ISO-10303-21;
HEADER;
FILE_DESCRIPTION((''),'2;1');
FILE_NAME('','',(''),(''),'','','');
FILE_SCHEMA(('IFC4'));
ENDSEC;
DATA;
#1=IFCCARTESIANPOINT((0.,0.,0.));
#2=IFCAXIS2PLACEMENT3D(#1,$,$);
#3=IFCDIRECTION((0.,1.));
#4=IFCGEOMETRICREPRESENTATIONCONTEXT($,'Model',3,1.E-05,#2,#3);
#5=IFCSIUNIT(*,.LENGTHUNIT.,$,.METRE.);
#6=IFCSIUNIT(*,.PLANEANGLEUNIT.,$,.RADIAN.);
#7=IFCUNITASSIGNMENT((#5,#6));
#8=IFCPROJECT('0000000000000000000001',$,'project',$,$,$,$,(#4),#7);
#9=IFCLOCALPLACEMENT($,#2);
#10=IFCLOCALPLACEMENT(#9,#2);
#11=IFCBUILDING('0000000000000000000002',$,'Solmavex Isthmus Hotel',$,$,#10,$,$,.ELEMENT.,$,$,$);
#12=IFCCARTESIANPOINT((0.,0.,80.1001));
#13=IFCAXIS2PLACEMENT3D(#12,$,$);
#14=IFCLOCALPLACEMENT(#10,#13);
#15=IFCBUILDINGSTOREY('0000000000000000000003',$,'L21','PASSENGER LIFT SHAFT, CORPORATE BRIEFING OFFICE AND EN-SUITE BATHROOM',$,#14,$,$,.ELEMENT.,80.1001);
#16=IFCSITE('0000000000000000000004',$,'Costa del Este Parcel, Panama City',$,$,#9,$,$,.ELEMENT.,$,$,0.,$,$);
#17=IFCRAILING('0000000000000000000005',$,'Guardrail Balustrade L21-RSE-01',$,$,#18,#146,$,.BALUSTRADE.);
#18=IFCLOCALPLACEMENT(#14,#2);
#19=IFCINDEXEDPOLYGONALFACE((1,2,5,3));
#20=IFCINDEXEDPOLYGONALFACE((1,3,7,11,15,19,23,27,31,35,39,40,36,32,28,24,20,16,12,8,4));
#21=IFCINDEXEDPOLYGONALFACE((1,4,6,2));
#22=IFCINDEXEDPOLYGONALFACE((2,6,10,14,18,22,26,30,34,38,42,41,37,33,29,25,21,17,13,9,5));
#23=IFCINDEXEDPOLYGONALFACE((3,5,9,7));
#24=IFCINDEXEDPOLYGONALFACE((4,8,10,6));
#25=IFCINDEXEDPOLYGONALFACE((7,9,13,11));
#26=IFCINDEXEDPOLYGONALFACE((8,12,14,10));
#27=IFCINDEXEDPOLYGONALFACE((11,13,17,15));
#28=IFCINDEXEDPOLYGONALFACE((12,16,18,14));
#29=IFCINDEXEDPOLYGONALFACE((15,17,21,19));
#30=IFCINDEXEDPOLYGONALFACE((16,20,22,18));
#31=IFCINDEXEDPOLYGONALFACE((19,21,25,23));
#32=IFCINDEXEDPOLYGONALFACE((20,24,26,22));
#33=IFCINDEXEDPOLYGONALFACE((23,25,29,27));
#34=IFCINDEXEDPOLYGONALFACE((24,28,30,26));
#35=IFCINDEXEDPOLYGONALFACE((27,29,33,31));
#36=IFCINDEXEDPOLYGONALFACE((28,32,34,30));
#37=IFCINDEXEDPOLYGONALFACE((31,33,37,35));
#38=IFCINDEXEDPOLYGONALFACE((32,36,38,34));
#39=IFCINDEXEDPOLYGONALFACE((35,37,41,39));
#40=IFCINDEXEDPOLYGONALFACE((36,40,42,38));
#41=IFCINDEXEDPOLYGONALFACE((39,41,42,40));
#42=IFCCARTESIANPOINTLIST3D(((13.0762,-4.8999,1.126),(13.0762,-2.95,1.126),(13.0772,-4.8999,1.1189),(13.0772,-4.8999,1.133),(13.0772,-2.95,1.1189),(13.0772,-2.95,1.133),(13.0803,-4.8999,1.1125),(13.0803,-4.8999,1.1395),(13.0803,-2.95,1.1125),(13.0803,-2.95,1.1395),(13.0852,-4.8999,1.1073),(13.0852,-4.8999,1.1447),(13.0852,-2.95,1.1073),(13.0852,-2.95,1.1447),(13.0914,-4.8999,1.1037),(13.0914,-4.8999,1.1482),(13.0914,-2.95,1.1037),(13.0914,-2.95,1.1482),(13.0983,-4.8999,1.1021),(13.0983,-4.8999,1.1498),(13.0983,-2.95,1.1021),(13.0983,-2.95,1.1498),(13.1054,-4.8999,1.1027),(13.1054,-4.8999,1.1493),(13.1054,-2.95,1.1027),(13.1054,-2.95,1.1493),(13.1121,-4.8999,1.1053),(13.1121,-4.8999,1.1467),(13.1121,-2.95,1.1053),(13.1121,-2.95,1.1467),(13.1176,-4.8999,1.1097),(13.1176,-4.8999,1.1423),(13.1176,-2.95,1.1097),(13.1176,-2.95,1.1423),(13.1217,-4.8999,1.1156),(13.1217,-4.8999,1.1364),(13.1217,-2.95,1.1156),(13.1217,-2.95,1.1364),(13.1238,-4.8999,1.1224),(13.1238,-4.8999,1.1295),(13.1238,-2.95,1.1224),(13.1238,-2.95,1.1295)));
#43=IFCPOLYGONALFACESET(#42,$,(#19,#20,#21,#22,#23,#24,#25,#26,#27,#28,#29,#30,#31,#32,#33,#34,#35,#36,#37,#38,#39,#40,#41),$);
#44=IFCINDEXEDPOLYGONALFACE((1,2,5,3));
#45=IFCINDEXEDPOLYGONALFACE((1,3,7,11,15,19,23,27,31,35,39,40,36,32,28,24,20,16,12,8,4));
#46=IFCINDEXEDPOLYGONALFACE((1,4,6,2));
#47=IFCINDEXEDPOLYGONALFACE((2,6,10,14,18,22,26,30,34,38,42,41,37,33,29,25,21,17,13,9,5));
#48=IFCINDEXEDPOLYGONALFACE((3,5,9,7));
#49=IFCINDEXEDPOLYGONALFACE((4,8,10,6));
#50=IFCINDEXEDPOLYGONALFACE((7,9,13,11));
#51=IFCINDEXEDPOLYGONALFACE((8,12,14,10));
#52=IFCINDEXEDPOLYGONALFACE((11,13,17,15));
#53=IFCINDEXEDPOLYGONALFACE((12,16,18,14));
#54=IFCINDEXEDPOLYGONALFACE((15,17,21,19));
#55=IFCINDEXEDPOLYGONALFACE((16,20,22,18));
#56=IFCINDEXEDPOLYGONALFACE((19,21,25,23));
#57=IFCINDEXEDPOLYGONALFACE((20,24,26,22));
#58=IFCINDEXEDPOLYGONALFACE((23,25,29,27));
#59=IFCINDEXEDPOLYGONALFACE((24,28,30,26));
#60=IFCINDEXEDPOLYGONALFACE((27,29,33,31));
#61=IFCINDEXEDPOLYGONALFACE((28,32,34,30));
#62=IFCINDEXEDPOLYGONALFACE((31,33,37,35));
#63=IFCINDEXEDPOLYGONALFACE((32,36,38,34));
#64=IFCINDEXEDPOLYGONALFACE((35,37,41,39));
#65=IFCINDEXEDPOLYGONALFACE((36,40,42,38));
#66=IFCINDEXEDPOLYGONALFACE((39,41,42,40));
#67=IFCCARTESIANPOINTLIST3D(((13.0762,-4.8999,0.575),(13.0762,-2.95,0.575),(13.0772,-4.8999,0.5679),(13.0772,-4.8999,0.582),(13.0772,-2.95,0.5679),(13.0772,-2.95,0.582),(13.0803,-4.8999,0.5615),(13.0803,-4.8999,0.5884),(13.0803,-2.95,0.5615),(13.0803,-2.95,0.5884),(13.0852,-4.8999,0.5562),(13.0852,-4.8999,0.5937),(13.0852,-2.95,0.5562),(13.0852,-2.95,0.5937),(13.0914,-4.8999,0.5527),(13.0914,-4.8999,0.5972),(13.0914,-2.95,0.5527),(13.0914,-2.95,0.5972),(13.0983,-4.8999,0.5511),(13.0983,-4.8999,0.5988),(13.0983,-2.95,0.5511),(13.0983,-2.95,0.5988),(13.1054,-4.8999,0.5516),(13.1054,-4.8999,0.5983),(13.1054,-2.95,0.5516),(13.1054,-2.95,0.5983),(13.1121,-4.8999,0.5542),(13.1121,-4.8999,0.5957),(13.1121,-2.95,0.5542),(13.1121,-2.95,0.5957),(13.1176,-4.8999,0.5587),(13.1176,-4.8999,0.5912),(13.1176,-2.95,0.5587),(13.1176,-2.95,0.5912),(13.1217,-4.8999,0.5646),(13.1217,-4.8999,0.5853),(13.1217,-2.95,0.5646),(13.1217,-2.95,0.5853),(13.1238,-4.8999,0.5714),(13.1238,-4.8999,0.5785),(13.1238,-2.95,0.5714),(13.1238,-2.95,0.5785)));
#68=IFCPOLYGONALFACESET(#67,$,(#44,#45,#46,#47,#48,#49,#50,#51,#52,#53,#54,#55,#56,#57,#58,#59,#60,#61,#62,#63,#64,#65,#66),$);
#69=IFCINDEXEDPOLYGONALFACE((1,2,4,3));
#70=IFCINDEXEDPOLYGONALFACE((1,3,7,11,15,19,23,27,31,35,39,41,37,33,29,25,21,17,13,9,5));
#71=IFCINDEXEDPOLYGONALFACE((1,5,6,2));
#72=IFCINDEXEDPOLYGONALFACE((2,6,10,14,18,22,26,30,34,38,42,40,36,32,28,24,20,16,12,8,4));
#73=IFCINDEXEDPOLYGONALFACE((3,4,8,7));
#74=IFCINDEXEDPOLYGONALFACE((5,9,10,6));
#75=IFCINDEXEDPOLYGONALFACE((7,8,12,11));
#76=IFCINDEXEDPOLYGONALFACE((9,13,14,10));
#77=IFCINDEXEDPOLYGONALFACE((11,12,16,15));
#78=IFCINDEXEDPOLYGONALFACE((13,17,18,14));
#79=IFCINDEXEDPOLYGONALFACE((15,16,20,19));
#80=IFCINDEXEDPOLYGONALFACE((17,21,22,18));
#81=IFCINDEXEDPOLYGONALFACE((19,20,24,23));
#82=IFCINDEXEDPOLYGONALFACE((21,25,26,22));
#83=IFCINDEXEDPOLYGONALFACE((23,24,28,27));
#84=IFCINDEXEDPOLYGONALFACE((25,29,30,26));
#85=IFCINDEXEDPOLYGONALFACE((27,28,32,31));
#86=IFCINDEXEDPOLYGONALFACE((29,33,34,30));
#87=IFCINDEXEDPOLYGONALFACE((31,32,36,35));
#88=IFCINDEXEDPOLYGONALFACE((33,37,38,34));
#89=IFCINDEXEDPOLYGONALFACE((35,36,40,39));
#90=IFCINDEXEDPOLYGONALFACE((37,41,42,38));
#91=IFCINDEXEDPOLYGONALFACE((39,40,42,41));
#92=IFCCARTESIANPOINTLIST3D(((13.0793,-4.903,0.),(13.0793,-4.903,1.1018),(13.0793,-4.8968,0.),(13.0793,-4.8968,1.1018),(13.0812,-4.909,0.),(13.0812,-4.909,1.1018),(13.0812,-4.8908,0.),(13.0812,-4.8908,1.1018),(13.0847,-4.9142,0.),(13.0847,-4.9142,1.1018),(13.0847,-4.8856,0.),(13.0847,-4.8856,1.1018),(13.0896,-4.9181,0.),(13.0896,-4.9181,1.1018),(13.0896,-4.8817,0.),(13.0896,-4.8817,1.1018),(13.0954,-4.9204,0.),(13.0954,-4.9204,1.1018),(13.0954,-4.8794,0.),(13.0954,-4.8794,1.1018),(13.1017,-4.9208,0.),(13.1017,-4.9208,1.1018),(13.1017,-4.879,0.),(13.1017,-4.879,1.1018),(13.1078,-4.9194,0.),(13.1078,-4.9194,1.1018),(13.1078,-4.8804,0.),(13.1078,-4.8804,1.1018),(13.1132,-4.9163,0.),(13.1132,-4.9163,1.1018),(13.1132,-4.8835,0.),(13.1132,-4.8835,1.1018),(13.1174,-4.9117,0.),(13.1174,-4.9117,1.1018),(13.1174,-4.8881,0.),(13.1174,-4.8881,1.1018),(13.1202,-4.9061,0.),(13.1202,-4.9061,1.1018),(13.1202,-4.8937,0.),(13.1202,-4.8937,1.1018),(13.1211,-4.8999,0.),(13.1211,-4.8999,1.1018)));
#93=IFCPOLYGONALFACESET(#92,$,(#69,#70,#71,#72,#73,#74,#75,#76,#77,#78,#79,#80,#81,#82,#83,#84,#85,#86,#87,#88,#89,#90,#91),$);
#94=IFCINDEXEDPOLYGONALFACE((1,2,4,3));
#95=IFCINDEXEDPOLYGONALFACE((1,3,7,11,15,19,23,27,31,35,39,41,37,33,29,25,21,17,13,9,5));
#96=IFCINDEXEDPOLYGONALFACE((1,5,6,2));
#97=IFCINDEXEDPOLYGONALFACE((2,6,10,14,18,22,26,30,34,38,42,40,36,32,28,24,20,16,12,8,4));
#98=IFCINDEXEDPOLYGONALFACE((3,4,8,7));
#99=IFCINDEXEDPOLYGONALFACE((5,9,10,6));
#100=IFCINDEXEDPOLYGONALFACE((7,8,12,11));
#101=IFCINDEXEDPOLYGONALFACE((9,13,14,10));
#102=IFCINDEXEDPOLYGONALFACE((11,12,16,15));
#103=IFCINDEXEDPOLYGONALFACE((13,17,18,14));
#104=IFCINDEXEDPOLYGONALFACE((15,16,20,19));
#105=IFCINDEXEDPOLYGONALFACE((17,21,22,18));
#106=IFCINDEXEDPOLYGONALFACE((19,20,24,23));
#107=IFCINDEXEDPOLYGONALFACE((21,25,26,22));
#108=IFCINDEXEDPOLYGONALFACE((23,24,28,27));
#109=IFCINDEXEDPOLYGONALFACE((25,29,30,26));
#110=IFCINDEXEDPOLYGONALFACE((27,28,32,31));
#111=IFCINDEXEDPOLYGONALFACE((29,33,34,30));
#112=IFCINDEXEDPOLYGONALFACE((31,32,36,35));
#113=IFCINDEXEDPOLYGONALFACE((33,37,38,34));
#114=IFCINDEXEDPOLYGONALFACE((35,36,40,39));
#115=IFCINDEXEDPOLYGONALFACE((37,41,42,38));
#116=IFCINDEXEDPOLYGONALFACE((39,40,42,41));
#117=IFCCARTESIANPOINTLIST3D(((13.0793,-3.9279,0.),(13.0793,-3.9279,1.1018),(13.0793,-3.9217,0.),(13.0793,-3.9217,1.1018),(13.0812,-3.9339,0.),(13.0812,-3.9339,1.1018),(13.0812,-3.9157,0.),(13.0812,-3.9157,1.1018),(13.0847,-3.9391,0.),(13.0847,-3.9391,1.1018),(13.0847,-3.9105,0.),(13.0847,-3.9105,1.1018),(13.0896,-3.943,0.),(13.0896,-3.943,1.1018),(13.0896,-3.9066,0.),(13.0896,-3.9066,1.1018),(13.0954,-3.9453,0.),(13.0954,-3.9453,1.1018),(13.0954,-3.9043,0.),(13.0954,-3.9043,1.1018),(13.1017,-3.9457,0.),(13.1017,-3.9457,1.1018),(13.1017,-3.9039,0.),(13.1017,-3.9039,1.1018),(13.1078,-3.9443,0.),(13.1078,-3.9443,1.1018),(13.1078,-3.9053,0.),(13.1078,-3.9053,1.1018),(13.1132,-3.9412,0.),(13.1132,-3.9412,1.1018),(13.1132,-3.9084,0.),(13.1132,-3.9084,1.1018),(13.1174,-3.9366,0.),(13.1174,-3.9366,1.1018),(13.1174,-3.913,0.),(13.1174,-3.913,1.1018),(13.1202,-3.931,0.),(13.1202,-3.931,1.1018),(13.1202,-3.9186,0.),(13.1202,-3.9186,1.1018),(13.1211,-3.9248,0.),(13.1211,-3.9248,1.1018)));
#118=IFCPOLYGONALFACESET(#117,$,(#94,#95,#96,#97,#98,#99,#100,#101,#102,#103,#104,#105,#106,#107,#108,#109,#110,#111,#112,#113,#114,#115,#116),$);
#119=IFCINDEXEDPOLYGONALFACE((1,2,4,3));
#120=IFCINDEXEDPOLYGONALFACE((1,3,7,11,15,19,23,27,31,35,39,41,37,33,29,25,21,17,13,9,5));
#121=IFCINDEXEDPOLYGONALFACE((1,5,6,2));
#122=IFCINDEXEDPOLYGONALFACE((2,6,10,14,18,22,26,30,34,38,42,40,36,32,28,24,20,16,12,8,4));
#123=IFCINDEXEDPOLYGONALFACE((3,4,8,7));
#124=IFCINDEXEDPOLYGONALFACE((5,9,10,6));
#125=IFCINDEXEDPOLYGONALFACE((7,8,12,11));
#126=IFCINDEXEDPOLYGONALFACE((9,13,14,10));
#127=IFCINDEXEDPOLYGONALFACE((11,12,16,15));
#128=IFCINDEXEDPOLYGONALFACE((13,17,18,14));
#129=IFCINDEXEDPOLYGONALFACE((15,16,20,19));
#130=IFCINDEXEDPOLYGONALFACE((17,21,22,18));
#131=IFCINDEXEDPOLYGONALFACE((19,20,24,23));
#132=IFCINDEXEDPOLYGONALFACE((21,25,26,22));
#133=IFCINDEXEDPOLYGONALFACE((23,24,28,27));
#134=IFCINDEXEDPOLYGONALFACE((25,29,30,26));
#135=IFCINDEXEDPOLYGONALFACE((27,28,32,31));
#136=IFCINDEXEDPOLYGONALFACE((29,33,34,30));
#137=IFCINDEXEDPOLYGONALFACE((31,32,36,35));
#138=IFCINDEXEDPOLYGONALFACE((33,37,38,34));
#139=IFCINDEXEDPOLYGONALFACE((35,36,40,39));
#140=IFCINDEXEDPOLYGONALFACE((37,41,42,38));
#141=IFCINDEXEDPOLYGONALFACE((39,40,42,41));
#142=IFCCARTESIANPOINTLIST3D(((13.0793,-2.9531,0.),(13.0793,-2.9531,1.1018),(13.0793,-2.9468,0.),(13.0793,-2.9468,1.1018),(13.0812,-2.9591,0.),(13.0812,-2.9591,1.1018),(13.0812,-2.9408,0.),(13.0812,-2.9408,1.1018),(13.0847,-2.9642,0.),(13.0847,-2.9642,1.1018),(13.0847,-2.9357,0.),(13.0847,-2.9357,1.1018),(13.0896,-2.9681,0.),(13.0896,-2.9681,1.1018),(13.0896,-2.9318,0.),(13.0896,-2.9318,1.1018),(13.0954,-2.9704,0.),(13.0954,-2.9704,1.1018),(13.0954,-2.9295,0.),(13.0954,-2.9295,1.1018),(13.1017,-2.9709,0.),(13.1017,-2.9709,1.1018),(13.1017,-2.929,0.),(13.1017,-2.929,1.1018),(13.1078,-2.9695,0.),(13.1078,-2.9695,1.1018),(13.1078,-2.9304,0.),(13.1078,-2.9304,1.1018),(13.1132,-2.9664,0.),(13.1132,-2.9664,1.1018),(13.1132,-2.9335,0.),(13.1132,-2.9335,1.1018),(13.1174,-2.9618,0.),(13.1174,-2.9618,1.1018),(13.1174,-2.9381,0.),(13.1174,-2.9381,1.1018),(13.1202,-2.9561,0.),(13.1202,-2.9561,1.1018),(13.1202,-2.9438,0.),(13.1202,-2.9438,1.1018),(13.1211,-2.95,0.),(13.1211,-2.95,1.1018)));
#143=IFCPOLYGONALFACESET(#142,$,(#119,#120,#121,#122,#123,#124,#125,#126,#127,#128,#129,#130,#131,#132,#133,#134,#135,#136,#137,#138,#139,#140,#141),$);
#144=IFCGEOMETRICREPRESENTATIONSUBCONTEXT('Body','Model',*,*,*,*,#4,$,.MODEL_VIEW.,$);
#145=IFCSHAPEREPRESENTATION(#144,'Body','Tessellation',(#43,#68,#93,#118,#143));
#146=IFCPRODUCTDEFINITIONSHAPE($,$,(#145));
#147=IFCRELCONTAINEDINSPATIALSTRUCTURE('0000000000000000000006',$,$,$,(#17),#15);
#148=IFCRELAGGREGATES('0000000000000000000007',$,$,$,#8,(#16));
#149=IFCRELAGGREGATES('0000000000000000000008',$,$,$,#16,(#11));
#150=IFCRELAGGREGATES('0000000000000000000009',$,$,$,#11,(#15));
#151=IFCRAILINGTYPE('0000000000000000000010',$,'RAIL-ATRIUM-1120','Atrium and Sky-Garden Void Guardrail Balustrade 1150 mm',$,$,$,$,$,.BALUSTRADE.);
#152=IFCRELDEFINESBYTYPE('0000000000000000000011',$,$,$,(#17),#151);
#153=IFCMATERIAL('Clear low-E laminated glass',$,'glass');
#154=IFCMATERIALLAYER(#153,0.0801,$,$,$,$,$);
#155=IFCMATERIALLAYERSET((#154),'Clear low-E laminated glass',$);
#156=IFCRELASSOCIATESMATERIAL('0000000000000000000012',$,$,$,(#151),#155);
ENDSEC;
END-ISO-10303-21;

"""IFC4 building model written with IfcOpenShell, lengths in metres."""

from ifc_helpers import new_model, si_unit, direction, frame, origin, origin_2d, place, context, subcontext, project, spatial, circle, extrude, material, layer, layer_set, type_object, element, save


model = new_model("IFC4")

# Units and contexts
model_context = context("Model", 3, precision=1e-05, world=origin(), true_north=direction((0.0, 1.0)))
body_context = subcontext(model_context, "Body", "Model", "MODEL_VIEW")
ifc_project = project(units=[si_unit("LENGTHUNIT", "METRE"), si_unit("PLANEANGLEUNIT", "RADIAN")], contexts=[model_context])

# Site, building, storey
site_placement = place(None, origin())
site = spatial("IfcSite", under=ifc_project, at=site_placement, Name="Costa del Este Parcel, Panama City", CompositionType="ELEMENT", RefElevation=0.0)
building_placement = place(site_placement, origin())
building = spatial("IfcBuilding", under=site, at=building_placement, Name="Solmavex Isthmus Hotel", CompositionType="ELEMENT")
storey_placement = place(building_placement, frame((0.0, 0.0, 80.1001)))
storey = spatial("IfcBuildingStorey", under=building, at=storey_placement, Name="L21", Description="PASSENGER LIFT SHAFT, CORPORATE BRIEFING OFFICE AND EN-SUITE BATHROOM", CompositionType="ELEMENT", Elevation=80.1001)

# Railing
ifc_material_1 = material(Name="Clear low-E laminated glass", Category="glass")
ifc_layer_1 = layer(ifc_material_1, 0.0801)
ifc_layer_set_1 = layer_set([ifc_layer_1], Name="Clear low-E laminated glass")
railing_type_1 = type_object("IfcRailingType", Name="RAIL-ATRIUM-1120", Description="Atrium and Sky-Garden Void Guardrail Balustrade 1150 mm", PredefinedType="BALUSTRADE", material=ifc_layer_set_1)
railing_1_placement = place(storey_placement, frame((13.1001, -4.8999, 0.0)))
element("IfcRailing", 1, at=railing_1_placement, inside=storey, type_object=railing_type_1, Name="Guardrail Balustrade L21-RSE-01", PredefinedType="BALUSTRADE", context=body_context, shape_type="SweptSolid", body=[
    extrude(circle(Radius=0.0239, at=origin_2d()), frame((0.0, 0.0, 1.126), z_axis=(0.0, 1.0, 0.0), x_axis=(-1.0, 0.0, 0.0)), (0.0, 0.0, 1.0), 1.95),
    extrude(circle(Radius=0.0239, at=origin_2d()), frame((0.0, 0.0, 0.575), z_axis=(0.0, 1.0, 0.0), x_axis=(-1.0, 0.0, 0.0)), (0.0, 0.0, 1.0), 1.95),
    extrude(circle(Radius=0.021, at=origin_2d()), origin(), (0.0, 0.0, 1.0), 1.1018),
    extrude(circle(Radius=0.021, at=origin_2d()), frame((0.0, 0.9751, 0.0)), (0.0, 0.0, 1.0), 1.1018),
    extrude(circle(Radius=0.021, at=origin_2d()), frame((0.0, 1.95, 0.0)), (0.0, 0.0, 1.0), 1.1018),
])

save(model, "model.ifc")
